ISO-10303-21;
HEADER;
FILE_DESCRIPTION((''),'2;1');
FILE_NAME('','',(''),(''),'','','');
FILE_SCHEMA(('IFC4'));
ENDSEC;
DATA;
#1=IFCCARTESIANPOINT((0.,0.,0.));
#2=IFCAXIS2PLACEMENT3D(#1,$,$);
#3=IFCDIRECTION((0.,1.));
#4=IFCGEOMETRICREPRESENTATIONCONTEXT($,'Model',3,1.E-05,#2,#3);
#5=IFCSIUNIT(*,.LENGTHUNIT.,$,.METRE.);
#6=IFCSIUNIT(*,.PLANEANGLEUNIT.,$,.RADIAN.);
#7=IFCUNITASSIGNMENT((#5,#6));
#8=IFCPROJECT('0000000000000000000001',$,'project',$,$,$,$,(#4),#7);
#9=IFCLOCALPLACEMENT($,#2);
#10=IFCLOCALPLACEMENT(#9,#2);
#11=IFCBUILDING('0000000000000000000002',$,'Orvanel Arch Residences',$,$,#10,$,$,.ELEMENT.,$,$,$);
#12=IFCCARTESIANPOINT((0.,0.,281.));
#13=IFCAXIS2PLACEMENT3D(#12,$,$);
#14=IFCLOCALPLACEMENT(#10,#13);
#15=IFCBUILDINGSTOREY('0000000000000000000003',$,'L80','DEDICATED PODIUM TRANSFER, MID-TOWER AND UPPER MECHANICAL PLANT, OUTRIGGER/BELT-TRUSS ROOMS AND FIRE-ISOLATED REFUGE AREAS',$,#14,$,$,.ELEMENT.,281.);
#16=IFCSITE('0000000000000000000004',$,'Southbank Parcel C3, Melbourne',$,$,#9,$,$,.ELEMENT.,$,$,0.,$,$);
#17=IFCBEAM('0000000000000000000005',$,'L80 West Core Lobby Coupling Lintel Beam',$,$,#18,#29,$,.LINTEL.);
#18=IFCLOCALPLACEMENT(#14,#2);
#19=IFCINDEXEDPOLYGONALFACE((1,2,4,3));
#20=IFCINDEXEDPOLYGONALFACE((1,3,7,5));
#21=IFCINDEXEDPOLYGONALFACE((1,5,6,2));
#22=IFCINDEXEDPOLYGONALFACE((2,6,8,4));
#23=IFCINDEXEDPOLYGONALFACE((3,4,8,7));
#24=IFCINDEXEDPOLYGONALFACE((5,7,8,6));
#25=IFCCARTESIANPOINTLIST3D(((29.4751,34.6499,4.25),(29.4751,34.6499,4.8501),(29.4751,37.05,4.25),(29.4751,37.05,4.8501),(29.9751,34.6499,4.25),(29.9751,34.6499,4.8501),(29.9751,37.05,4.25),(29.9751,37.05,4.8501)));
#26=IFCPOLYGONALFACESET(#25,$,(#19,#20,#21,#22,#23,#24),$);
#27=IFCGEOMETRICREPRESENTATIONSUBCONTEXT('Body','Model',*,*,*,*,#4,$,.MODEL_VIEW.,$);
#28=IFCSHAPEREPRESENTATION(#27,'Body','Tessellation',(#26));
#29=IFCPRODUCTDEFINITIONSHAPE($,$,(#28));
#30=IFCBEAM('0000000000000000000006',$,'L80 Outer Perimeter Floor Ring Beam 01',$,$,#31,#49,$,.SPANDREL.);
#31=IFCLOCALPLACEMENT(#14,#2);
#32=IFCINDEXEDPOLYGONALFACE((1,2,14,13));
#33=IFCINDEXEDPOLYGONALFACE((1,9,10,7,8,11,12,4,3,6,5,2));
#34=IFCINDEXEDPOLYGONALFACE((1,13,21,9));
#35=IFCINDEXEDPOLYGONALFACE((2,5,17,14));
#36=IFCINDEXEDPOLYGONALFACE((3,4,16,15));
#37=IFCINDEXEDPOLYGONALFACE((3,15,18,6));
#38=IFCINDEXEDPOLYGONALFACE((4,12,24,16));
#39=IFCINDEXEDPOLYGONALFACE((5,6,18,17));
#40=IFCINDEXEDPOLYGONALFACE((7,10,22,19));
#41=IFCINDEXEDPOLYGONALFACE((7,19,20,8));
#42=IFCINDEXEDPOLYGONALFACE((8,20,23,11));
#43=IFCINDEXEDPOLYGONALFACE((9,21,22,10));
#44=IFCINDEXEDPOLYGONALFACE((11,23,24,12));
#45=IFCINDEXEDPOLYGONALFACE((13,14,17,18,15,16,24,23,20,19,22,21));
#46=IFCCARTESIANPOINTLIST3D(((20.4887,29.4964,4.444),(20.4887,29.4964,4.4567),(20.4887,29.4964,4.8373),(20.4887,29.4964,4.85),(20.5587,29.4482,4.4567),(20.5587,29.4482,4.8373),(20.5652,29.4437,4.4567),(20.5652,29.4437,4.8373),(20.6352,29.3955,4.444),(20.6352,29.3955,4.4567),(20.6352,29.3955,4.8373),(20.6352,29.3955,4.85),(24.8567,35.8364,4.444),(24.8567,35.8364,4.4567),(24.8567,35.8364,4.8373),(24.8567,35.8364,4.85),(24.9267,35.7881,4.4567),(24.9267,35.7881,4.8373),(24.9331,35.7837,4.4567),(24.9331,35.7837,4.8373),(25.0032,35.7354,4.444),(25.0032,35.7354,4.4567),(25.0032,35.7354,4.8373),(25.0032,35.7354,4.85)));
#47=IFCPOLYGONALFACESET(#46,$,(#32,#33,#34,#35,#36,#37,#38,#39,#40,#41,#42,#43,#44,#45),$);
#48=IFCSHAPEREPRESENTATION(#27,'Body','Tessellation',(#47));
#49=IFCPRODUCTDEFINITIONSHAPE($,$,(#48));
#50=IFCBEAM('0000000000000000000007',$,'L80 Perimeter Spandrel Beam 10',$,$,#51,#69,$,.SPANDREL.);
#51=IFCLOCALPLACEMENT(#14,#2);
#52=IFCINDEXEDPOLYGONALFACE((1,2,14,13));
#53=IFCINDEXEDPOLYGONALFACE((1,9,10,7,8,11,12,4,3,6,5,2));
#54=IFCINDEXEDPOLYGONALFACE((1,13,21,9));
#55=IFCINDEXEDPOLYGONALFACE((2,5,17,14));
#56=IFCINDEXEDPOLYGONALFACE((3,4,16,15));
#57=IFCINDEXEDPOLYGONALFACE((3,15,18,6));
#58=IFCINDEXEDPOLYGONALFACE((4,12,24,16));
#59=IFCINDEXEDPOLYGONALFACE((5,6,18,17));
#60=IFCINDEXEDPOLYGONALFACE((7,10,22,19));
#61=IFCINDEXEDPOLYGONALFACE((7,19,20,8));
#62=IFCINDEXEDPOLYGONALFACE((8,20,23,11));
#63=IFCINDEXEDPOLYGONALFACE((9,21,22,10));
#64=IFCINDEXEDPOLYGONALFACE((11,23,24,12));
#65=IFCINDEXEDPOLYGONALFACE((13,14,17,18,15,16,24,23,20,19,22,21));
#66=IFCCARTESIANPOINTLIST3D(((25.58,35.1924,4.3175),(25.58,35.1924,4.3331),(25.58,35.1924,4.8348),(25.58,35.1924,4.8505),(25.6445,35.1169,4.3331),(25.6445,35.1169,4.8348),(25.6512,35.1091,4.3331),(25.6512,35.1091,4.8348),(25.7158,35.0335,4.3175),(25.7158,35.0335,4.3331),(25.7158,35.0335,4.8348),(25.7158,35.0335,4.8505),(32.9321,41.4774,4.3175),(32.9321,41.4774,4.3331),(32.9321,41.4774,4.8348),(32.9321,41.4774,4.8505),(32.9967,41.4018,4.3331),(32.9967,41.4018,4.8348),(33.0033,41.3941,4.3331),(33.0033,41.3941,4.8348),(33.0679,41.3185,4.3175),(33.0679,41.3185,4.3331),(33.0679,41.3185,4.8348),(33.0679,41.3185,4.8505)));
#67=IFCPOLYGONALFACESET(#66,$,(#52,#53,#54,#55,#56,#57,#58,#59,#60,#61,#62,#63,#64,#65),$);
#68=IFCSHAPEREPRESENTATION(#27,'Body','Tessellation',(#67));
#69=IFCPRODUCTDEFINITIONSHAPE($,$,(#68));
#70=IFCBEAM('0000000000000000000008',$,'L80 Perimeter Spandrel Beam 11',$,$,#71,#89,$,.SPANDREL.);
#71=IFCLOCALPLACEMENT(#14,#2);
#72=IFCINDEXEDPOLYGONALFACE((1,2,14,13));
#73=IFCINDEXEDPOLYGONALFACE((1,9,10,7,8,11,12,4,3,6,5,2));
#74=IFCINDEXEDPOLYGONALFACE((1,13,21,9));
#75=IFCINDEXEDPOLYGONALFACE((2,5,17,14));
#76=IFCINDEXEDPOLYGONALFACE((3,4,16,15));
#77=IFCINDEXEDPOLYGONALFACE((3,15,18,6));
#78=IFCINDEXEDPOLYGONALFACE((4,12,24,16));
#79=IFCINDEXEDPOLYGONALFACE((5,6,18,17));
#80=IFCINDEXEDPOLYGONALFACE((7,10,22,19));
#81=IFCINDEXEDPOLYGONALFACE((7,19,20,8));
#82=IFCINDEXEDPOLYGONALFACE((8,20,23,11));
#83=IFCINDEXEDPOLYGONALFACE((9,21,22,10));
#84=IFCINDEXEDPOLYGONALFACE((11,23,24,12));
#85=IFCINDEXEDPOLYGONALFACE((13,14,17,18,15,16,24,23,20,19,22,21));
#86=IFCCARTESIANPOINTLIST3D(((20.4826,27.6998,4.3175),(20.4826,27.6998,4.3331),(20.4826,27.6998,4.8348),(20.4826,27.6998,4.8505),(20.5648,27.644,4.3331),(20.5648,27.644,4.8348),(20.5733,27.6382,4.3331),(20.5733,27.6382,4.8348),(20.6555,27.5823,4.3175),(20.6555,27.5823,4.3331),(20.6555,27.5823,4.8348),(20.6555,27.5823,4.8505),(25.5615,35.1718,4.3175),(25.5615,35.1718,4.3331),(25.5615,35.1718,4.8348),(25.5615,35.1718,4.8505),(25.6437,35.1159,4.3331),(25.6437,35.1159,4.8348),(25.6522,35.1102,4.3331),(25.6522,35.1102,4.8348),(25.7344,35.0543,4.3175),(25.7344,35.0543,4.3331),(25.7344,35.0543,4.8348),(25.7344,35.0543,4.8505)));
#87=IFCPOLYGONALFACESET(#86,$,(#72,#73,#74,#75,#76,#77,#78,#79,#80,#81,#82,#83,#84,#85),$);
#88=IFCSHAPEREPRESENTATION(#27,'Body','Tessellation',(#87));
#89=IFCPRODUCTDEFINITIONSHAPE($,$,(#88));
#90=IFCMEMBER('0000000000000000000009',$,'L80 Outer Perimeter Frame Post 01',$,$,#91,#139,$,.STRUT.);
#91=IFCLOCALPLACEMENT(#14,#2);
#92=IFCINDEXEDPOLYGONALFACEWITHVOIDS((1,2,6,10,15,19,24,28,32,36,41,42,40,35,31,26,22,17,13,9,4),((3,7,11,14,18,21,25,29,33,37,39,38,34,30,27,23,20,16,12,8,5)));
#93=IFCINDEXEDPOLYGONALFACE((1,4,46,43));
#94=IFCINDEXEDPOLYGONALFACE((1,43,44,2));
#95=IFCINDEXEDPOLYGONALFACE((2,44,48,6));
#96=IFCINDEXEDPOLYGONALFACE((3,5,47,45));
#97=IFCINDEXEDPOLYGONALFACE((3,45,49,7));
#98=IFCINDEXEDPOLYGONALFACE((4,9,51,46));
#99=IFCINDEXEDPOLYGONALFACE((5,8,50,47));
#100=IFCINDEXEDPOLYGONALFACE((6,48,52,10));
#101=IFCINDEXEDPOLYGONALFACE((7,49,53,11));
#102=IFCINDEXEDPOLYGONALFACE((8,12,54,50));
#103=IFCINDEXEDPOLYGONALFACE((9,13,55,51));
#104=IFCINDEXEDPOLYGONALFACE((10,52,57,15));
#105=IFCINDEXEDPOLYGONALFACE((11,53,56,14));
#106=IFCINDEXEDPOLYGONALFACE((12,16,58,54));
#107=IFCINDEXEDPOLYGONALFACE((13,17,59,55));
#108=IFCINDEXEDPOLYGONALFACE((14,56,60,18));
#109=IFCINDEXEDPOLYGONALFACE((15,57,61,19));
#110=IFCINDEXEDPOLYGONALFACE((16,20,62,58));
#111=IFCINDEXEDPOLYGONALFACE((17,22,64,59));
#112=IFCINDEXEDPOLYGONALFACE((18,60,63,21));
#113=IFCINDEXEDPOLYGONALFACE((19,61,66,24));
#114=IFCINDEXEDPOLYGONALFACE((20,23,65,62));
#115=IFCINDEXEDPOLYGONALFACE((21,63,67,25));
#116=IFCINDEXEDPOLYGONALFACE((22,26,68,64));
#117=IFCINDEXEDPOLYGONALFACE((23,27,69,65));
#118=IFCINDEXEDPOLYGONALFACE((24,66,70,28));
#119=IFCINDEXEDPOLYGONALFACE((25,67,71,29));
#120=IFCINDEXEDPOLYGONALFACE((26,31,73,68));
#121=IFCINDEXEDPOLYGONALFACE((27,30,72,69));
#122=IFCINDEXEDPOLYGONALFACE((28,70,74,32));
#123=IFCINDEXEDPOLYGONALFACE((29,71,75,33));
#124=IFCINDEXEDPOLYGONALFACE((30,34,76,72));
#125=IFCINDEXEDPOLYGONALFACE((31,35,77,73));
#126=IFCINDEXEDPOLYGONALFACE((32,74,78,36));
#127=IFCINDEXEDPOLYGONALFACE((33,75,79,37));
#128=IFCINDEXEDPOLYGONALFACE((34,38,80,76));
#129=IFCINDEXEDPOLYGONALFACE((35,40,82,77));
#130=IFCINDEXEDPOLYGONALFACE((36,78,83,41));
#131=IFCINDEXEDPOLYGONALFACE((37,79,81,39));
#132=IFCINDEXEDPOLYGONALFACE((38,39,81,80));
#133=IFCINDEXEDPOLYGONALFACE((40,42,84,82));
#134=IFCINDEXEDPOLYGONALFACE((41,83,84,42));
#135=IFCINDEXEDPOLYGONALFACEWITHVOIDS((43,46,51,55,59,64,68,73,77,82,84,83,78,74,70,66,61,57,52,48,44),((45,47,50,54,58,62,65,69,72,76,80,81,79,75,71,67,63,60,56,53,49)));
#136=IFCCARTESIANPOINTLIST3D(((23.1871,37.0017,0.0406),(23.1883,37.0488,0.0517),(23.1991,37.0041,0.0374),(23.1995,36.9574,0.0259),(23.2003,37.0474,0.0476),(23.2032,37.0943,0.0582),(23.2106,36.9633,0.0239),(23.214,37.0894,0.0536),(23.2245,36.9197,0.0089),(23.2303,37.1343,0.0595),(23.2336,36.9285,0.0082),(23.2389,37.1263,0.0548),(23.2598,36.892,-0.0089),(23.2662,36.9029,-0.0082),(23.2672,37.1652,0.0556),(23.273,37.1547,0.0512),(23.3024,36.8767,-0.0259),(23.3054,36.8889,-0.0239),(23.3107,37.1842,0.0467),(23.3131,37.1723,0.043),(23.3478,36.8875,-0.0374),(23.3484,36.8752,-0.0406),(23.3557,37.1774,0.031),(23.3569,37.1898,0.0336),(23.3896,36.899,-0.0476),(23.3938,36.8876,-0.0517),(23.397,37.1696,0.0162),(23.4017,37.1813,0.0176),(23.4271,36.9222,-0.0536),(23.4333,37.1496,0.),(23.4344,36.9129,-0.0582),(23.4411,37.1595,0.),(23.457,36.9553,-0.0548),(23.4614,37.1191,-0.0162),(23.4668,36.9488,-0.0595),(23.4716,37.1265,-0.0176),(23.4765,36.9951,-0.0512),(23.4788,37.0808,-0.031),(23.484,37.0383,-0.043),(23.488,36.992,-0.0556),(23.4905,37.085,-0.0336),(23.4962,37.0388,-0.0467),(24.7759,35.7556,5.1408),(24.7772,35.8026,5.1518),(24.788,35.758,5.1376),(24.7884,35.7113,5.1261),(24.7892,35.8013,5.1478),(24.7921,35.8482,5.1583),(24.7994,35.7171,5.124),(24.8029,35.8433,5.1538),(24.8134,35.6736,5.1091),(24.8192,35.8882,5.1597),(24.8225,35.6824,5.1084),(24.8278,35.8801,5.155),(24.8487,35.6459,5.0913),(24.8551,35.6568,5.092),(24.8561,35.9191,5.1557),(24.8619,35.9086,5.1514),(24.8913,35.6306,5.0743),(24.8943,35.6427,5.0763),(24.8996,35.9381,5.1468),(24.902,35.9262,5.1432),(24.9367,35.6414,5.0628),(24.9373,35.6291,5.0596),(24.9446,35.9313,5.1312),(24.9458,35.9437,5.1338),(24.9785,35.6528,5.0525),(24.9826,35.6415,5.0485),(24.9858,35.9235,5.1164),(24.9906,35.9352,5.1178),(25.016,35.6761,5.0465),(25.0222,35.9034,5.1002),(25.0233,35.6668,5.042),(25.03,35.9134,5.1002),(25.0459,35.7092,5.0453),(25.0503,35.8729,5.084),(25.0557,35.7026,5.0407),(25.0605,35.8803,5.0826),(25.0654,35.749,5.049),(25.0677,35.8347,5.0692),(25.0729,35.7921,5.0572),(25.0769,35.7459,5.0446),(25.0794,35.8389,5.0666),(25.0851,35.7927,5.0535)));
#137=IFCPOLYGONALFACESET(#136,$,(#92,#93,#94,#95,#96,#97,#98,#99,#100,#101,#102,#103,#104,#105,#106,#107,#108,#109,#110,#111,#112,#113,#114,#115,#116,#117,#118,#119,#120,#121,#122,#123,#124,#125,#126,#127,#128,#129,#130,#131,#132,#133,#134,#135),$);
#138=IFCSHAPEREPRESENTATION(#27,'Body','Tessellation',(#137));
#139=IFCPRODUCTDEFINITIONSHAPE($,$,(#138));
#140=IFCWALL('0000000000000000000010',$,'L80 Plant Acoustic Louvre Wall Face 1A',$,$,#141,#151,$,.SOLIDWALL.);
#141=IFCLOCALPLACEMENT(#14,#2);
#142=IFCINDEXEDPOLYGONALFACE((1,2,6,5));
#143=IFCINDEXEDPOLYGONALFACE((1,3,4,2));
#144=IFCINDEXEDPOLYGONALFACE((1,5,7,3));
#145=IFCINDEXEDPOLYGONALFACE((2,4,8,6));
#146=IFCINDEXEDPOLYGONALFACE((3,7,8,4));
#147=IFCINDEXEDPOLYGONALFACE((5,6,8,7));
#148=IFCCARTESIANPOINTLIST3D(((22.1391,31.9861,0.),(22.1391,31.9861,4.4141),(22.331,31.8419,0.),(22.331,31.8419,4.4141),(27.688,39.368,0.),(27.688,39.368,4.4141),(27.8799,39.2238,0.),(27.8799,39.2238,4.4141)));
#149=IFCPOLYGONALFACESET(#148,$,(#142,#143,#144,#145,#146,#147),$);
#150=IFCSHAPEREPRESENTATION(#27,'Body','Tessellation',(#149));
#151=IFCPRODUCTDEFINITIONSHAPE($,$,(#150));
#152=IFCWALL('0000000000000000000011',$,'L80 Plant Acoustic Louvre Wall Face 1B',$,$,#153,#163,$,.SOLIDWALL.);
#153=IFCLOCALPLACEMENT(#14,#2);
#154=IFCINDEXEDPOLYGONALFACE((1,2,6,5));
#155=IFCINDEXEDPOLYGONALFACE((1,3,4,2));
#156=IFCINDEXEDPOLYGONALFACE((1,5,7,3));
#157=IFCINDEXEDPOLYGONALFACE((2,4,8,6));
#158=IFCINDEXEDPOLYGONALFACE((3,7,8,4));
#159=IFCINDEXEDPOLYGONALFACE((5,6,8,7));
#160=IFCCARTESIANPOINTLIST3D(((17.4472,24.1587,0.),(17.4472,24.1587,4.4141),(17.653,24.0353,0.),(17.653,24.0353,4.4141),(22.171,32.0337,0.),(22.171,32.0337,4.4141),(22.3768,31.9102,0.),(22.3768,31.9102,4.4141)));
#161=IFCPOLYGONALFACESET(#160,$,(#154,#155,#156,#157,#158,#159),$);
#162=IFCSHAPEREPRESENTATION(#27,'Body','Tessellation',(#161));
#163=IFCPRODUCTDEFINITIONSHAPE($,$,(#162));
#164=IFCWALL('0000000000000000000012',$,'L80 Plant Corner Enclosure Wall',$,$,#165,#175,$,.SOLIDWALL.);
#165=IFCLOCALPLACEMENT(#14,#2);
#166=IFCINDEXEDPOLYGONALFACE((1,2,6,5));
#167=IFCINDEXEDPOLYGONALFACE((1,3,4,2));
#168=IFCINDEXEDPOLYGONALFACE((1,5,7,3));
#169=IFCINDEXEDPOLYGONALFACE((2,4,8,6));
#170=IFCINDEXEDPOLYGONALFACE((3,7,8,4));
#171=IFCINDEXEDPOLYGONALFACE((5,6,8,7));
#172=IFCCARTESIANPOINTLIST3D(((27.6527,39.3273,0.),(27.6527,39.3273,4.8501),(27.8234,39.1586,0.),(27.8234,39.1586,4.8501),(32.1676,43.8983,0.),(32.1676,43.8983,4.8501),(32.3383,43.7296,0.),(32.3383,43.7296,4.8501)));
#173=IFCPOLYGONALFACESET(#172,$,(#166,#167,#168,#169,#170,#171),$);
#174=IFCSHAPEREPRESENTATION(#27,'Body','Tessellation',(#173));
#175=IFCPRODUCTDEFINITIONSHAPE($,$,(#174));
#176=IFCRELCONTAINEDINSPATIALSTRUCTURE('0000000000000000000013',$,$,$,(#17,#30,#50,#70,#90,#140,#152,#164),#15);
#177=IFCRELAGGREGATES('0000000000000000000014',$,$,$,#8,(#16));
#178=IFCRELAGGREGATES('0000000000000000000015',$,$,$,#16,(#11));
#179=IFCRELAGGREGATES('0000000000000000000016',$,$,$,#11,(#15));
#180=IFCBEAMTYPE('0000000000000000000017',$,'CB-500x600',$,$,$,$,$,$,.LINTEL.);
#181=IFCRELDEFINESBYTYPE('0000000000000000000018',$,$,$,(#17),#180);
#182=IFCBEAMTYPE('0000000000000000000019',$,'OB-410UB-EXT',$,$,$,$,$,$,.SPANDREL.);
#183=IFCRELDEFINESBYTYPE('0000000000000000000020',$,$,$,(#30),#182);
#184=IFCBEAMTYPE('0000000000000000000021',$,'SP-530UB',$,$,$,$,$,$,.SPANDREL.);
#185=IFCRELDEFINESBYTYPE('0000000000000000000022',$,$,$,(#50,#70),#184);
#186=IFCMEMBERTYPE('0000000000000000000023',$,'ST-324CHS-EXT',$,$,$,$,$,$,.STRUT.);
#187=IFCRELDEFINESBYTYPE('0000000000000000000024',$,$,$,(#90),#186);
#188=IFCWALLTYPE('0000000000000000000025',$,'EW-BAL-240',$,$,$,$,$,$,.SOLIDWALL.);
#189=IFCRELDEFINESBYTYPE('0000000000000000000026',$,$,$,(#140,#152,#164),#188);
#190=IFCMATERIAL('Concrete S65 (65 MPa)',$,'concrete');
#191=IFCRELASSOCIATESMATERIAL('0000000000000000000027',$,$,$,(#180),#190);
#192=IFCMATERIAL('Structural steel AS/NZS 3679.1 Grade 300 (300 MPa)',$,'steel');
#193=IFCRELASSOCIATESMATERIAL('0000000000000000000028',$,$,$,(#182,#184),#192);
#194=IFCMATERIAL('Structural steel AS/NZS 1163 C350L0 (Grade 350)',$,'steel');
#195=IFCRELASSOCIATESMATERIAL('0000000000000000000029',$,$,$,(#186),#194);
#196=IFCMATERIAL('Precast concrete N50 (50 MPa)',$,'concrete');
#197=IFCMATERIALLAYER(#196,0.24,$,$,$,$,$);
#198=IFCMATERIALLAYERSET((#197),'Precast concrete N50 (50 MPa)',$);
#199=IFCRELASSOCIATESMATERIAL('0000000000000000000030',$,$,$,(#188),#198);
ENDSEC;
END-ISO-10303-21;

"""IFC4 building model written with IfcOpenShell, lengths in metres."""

from ifc_helpers import new_model, si_unit, direction, frame, frame_2d, origin, origin_2d, place, context, subcontext, project, spatial, rectangle, hollow_circle, i_section, extrude, material, layer, layer_set, material_profile, profile_set, type_object, element, save


model = new_model("IFC4")

# Units and contexts
model_context = context("Model", 3, precision=1e-05, world=origin(), true_north=direction((0.0, 1.0)))
body_context = subcontext(model_context, "Body", "Model", "MODEL_VIEW")
ifc_project = project(units=[si_unit("LENGTHUNIT", "METRE"), si_unit("PLANEANGLEUNIT", "RADIAN")], contexts=[model_context])

# Site, building, storey
site_placement = place(None, origin())
site = spatial("IfcSite", under=ifc_project, at=site_placement, Name="Southbank Parcel C3, Melbourne", CompositionType="ELEMENT", RefElevation=0.0)
building_placement = place(site_placement, origin())
building = spatial("IfcBuilding", under=site, at=building_placement, Name="Orvanel Arch Residences", CompositionType="ELEMENT")
storey_placement = place(building_placement, frame((0.0, 0.0, 281.0)))
storey = spatial("IfcBuildingStorey", under=building, at=storey_placement, Name="L80", Description="DEDICATED PODIUM TRANSFER, MID-TOWER AND UPPER MECHANICAL PLANT, OUTRIGGER/BELT-TRUSS ROOMS AND FIRE-ISOLATED REFUGE AREAS", CompositionType="ELEMENT", Elevation=281.0)

# Beams
ifc_material_1 = material(Name="Structural steel AS/NZS 3679.1 Grade 300 (300 MPa)", Category="steel")
ifc_material_2 = material(Name="Concrete S65 (65 MPa)", Category="concrete")
ifc_material_profile_1 = material_profile(ifc_material_2, rectangle(XDim=0.5, YDim=0.6001, at=origin_2d()), Name="RC500x600")
ifc_profile_set_1 = profile_set([ifc_material_profile_1], Name="Concrete S65 (65 MPa)")
beam_type_1 = type_object("IfcBeamType", Name="CB-500x600", PredefinedType="LINTEL", material=ifc_profile_set_1)
beam_1_placement = place(storey_placement, frame((29.7251, 34.6499, 4.55), z_axis=(0.0, 1.0, 0.0), x_axis=(-1.0, 0.0, 0.0)))
element("IfcBeam", 1, at=beam_1_placement, inside=storey, type_object=beam_type_1, Name="L80 West Core Lobby Coupling Lintel Beam", PredefinedType="LINTEL", context=body_context, shape_type="SweptSolid", body=[
    extrude(rectangle(XDim=0.5, YDim=0.6001, at=origin_2d()), origin(), (0.0, 0.0, 1.0), 2.4001),
])
ifc_material_profile_2 = material_profile(ifc_material_1, i_section(OverallWidth=0.178, OverallDepth=0.406, WebThickness=0.0078, FlangeThickness=0.0127, at=origin_2d()), Name="410UB59.7")
ifc_profile_set_2 = profile_set([ifc_material_profile_2], Name="Structural steel AS/NZS 3679.1 Grade 300 (300 MPa)")
beam_type_2 = type_object("IfcBeamType", Name="OB-410UB-EXT", PredefinedType="SPANDREL", material=ifc_profile_set_2)
beam_2_placement = place(storey_placement, frame((24.9299, 35.7859, 4.647), z_axis=(-0.567347, -0.823479, 0.0), x_axis=(0.823479, -0.567347, 0.0)))
element("IfcBeam", 2, at=beam_2_placement, inside=storey, type_object=beam_type_2, Name="L80 Outer Perimeter Floor Ring Beam 01", PredefinedType="SPANDREL", context=body_context, shape_type="SweptSolid", body=[
    extrude(i_section(OverallWidth=0.178, OverallDepth=0.406, WebThickness=0.0078, FlangeThickness=0.0127, at=origin_2d()), origin(), (0.0, 0.0, 1.0), 7.699),
])
ifc_material_profile_3 = material_profile(ifc_material_1, i_section(OverallWidth=0.209, OverallDepth=0.533, WebThickness=0.0103, FlangeThickness=0.0156, at=origin_2d()), Name="530UB92.4")
ifc_profile_set_3 = profile_set([ifc_material_profile_3], Name="Structural steel AS/NZS 3679.1 Grade 300 (300 MPa)")
beam_type_3 = type_object("IfcBeamType", Name="SP-530UB", PredefinedType="SPANDREL", material=ifc_profile_set_3)
beam_3_placement = place(storey_placement, frame((33.0, 41.3979, 4.584), z_axis=(-0.760117, -0.649787, 0.0), x_axis=(0.649787, -0.760117, 0.0)))
element("IfcBeam", 3, at=beam_3_placement, inside=storey, type_object=beam_type_3, Name="L80 Perimeter Spandrel Beam 10", PredefinedType="SPANDREL", context=body_context, shape_type="SweptSolid", body=[
    extrude(i_section(OverallWidth=0.209, OverallDepth=0.533, WebThickness=0.0103, FlangeThickness=0.0156, at=origin_2d()), origin(), (0.0, 0.0, 1.0), 9.6724),
])
beam_4_placement = place(storey_placement, frame((25.6479, 35.113, 4.584), z_axis=(-0.562155, -0.827032, 0.0), x_axis=(0.827032, -0.562155, 0.0)))
element("IfcBeam", 4, at=beam_4_placement, inside=storey, type_object=beam_type_3, Name="L80 Perimeter Spandrel Beam 11", PredefinedType="SPANDREL", context=body_context, shape_type="SweptSolid", body=[
    extrude(i_section(OverallWidth=0.209, OverallDepth=0.533, WebThickness=0.0103, FlangeThickness=0.0156, at=origin_2d()), origin(), (0.0, 0.0, 1.0), 9.0347),
])

# Member
ifc_material_3 = material(Name="Structural steel AS/NZS 1163 C350L0 (Grade 350)", Category="steel")
ifc_material_profile_4 = material_profile(ifc_material_3, hollow_circle(Radius=0.1621, WallThickness=0.0127, at=origin_2d()), Name="CHS324x12.7")
ifc_profile_set_4 = profile_set([ifc_material_profile_4], Name="Structural steel AS/NZS 1163 C350L0 (Grade 350)")
member_type = type_object("IfcMemberType", Name="ST-324CHS-EXT", PredefinedType="STRUT", material=ifc_profile_set_4)
member_placement = place(storey_placement, frame((23.3411, 37.032, 0.0), z_axis=(0.28966, -0.227171, 0.92978), x_axis=(0.617116, 0.786872, 0.0)))
element("IfcMember", 5, at=member_placement, inside=storey, type_object=member_type, Name="L80 Outer Perimeter Frame Post 01", PredefinedType="STRUT", context=body_context, shape_type="SweptSolid", body=[
    extrude(hollow_circle(Radius=0.1621, WallThickness=0.0127, at=origin_2d()), origin(), (0.0, 0.0, 1.0), 5.4854),
])

# Walls
ifc_material_4 = material(Name="Precast concrete N50 (50 MPa)", Category="concrete")
ifc_layer_1 = layer(ifc_material_4, 0.24)
ifc_layer_set_1 = layer_set([ifc_layer_1], Name="Precast concrete N50 (50 MPa)")
wall_type_1 = type_object("IfcWallType", Name="EW-BAL-240", PredefinedType="SOLIDWALL", material=ifc_layer_set_1)
wall_1_placement = place(storey_placement, frame((27.7839, 39.2959, 0.0), z_axis=(0.0, 0.0, 1.0), x_axis=(-0.600863, -0.799352, 0.0)))
element("IfcWall", 6, at=wall_1_placement, inside=storey, type_object=wall_type_1, Name="L80 Plant Acoustic Louvre Wall Face 1A", PredefinedType="SOLIDWALL", context=body_context, shape_type="SweptSolid", body=[
    extrude(rectangle(XDim=9.2349, YDim=0.24, at=frame_2d((4.6174, 0.0))), origin(), (0.0, 0.0, 1.0), 4.4141),
])
wall_2_placement = place(storey_placement, frame((22.2739, 31.9719, 0.0), z_axis=(0.0, 0.0, 1.0), x_axis=(-0.514406, -0.857547, 0.0)))
element("IfcWall", 7, at=wall_2_placement, inside=storey, type_object=wall_type_1, Name="L80 Plant Acoustic Louvre Wall Face 1B", PredefinedType="SOLIDWALL", context=body_context, shape_type="SweptSolid", body=[
    extrude(rectangle(XDim=9.1831, YDim=0.24, at=frame_2d((4.5916, 0.0))), origin(), (0.0, 0.0, 1.0), 4.4141),
])
wall_3_placement = place(storey_placement, frame((32.2529, 43.814, 0.0), z_axis=(0.0, 0.0, 1.0), x_axis=(-0.702723, -0.711463, 0.0)))
element("IfcWall", 8, at=wall_3_placement, inside=storey, type_object=wall_type_1, Name="L80 Plant Corner Enclosure Wall", PredefinedType="SOLIDWALL", context=body_context, shape_type="SweptSolid", body=[
    extrude(rectangle(XDim=6.4248, YDim=0.24, at=frame_2d((3.2124, 0.0))), origin(), (0.0, 0.0, 1.0), 4.8501),
])

save(model, "model.ifc")
